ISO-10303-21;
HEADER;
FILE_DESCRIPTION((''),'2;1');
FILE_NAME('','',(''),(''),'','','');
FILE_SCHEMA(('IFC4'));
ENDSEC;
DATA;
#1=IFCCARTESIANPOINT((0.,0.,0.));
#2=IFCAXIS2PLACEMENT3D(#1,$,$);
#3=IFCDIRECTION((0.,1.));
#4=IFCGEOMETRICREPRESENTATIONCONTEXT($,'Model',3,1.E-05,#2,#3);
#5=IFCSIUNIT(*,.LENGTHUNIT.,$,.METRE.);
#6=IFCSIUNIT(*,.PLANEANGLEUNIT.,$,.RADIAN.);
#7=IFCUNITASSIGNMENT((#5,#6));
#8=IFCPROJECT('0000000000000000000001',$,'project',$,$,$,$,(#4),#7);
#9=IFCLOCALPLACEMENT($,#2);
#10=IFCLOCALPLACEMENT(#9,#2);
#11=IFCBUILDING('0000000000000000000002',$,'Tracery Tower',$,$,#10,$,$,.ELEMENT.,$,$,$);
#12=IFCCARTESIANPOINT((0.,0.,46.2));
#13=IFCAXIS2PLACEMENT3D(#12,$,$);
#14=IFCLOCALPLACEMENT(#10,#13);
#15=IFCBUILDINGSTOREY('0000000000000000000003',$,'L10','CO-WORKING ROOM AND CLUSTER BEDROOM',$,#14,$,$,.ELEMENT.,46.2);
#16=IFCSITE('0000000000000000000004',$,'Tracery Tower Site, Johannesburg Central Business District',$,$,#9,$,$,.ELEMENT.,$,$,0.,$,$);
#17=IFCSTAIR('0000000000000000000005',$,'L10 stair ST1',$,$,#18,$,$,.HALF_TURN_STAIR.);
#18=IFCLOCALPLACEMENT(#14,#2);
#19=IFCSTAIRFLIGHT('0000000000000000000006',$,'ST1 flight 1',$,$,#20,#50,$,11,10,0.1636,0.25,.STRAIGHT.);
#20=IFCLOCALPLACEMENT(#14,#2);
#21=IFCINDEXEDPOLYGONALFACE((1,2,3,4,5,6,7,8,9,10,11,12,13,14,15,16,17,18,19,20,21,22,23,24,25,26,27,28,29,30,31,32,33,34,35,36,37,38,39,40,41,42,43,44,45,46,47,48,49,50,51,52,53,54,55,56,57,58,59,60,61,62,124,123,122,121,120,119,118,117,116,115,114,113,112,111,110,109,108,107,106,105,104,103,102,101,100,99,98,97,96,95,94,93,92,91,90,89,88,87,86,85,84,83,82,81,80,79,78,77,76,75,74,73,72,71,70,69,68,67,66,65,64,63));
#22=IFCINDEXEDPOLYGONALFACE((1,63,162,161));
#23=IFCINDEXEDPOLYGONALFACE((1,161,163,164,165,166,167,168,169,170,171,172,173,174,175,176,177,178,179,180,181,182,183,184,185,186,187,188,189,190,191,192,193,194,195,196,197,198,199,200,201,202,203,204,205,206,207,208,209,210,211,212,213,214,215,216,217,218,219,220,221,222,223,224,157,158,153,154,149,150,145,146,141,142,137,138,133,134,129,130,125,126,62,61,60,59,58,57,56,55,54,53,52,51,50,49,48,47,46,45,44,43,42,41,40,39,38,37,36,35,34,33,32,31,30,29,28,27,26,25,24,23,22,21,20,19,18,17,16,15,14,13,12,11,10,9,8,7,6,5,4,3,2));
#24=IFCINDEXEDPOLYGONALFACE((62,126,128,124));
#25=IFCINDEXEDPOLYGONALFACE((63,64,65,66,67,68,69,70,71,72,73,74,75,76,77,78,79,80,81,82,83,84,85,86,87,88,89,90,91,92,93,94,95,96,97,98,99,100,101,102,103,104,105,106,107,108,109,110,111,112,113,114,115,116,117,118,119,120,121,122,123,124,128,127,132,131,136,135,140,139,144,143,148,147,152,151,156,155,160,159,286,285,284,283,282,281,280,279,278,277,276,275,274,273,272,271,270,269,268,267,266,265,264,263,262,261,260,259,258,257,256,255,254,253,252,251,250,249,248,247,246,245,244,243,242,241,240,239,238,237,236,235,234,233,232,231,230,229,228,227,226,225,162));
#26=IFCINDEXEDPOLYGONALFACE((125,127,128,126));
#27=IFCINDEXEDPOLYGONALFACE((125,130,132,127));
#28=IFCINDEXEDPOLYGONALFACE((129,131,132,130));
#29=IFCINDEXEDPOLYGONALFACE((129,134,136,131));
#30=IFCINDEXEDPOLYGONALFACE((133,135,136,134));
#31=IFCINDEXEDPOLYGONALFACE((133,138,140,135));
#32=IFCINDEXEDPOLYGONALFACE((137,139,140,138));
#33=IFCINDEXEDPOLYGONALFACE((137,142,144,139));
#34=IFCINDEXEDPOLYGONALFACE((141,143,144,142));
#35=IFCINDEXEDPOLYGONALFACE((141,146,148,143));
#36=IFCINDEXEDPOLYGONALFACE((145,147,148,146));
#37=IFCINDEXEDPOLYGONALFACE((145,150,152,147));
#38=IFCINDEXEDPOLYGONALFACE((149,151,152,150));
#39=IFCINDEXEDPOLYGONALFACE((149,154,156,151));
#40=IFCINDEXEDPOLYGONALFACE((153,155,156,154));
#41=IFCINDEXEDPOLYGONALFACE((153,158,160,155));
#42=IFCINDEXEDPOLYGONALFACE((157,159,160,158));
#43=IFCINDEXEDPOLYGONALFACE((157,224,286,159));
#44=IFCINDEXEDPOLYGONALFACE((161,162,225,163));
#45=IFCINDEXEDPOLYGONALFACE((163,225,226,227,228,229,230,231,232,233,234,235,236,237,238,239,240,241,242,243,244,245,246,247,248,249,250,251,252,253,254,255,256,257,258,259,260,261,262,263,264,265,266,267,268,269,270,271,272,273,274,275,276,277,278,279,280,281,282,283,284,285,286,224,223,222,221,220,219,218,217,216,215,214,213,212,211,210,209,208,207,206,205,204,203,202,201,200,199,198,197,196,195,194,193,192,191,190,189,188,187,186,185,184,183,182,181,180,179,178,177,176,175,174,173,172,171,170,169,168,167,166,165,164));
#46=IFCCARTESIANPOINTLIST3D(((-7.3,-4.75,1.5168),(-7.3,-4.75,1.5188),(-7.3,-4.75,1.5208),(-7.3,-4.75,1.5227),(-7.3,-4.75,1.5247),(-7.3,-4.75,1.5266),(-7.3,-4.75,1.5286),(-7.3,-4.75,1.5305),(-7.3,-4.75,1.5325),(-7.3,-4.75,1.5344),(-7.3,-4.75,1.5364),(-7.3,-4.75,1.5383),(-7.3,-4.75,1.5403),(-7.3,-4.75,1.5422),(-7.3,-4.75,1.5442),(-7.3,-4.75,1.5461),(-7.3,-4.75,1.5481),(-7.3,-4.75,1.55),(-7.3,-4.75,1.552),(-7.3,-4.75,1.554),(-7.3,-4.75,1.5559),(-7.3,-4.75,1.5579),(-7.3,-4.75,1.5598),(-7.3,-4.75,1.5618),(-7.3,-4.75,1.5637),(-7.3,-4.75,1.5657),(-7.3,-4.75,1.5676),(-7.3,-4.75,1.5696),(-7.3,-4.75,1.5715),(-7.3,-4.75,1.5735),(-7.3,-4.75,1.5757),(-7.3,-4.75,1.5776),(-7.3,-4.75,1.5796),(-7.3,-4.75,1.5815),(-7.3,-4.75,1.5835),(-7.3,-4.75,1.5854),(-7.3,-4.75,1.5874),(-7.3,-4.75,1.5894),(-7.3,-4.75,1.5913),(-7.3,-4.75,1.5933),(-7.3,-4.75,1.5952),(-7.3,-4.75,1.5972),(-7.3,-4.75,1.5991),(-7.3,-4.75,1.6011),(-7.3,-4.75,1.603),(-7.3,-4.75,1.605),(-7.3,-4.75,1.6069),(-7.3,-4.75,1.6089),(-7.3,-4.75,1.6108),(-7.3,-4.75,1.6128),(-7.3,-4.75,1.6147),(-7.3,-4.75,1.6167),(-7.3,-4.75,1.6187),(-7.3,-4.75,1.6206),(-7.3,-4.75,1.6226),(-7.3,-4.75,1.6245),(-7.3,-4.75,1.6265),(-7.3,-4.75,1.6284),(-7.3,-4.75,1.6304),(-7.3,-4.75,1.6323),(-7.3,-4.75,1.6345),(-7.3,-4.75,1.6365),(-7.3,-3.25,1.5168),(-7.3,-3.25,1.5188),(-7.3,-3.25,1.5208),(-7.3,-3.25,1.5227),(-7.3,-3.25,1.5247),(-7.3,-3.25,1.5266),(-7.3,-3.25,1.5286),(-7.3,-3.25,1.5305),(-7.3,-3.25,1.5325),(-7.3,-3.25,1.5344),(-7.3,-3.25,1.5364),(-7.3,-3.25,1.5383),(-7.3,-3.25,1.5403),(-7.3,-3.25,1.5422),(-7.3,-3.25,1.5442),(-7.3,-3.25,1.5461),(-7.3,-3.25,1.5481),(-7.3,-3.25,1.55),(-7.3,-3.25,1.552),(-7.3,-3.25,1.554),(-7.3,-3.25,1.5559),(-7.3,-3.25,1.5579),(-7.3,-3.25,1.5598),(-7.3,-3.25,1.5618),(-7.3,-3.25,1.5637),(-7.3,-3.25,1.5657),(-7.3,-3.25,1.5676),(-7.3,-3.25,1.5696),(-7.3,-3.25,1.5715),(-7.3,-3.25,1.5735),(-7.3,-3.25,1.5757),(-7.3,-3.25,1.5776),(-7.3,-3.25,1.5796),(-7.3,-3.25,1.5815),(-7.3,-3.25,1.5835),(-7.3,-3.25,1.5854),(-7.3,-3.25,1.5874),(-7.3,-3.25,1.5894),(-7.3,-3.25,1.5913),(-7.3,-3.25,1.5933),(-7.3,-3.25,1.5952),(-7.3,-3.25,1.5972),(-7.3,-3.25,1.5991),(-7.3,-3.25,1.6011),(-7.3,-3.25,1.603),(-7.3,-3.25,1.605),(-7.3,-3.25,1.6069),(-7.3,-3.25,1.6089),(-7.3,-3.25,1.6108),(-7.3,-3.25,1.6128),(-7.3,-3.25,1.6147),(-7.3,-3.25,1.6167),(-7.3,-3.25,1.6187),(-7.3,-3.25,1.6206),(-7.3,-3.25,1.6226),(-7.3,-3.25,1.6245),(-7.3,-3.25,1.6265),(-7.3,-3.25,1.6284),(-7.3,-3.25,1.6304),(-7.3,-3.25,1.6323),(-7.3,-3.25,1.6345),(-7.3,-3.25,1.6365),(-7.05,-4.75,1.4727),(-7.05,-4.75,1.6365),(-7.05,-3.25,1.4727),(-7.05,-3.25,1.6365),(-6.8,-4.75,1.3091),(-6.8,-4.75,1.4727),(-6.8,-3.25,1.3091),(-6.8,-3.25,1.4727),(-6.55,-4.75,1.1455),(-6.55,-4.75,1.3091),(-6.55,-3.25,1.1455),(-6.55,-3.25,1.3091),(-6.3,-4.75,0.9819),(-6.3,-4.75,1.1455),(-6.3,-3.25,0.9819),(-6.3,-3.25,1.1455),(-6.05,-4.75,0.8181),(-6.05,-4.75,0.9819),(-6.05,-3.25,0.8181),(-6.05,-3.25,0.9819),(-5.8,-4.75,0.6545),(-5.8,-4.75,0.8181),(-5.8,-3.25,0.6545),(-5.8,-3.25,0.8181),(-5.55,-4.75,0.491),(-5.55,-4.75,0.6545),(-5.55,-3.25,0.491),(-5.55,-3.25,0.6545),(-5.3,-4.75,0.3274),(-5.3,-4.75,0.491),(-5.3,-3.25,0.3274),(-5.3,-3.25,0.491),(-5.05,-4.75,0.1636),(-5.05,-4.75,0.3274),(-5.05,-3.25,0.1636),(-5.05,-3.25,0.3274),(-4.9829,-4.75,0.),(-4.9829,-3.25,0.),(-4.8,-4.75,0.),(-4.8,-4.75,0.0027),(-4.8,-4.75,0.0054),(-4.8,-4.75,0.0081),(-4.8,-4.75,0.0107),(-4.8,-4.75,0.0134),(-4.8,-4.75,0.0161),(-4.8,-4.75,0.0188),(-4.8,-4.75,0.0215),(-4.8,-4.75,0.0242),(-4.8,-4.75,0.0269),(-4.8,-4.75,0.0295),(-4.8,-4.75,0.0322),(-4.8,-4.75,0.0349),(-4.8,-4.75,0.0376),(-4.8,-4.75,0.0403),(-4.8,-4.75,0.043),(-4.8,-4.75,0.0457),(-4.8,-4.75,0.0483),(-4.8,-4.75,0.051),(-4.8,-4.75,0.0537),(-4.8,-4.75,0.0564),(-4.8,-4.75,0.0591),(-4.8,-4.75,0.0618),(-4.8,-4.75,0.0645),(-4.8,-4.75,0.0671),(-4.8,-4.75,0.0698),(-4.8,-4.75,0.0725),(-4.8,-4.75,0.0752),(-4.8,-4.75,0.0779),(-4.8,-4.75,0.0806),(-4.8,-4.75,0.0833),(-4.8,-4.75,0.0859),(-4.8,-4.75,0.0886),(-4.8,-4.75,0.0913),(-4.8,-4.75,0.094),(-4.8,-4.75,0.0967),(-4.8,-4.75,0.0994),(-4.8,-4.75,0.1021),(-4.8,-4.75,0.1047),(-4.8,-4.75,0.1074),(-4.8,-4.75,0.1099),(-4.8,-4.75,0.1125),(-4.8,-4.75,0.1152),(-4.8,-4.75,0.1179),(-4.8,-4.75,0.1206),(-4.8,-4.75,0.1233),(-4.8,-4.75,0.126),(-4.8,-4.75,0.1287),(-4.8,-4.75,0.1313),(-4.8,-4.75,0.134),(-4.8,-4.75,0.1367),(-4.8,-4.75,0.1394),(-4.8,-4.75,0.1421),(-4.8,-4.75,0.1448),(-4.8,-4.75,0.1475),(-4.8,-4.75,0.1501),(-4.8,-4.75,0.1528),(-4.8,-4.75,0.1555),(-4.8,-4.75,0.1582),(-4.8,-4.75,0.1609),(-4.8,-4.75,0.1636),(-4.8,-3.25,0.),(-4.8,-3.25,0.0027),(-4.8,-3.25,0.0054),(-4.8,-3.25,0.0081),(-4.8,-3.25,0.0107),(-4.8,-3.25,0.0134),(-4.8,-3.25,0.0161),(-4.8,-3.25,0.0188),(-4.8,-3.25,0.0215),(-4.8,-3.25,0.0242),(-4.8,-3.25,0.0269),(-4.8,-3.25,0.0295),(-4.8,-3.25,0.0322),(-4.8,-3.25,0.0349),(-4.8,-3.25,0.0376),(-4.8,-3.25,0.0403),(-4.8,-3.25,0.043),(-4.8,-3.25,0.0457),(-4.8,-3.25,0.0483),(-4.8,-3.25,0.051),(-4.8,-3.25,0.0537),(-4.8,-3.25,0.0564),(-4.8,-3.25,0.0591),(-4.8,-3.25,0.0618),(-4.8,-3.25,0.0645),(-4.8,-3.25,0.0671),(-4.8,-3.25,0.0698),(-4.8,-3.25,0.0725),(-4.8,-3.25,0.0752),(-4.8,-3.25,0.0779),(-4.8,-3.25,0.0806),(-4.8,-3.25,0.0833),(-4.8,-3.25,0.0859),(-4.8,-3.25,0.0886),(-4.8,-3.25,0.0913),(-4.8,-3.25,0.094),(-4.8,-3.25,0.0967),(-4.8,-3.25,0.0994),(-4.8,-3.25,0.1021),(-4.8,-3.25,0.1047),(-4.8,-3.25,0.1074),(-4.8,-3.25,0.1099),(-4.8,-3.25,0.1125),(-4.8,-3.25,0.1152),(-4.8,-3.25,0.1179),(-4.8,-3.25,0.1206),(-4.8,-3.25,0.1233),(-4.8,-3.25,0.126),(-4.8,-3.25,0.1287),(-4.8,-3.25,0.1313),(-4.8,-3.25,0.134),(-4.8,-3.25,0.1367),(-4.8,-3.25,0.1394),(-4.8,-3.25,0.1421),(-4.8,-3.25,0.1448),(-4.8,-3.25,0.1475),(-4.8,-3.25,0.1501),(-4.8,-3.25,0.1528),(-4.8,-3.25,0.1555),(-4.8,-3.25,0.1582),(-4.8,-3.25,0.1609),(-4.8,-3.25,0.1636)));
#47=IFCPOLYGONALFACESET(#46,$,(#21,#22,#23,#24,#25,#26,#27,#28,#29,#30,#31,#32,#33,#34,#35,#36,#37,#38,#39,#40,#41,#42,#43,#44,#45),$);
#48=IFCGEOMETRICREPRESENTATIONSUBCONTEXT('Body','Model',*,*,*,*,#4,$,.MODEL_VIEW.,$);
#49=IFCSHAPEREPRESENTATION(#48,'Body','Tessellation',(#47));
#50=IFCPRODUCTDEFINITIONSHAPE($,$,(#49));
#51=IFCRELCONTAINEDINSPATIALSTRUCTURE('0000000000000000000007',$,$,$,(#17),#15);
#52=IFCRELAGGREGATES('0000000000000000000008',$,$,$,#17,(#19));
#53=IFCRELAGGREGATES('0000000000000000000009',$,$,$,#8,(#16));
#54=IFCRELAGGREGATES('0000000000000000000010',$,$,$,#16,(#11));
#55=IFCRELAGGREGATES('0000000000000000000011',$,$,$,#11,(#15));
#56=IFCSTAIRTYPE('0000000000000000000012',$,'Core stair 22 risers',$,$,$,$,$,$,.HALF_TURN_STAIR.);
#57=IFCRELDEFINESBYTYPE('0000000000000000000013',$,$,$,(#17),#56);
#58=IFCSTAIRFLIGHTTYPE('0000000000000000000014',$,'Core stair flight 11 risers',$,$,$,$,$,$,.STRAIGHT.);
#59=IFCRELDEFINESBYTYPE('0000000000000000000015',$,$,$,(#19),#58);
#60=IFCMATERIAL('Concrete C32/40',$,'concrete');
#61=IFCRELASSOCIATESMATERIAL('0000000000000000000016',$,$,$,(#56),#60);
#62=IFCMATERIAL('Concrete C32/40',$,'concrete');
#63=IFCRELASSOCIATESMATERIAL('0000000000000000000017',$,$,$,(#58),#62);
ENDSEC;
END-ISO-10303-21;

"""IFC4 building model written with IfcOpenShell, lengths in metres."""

from ifc_helpers import new_model, si_unit, direction, frame, origin, place, context, subcontext, project, spatial, polyline, outline, extrude, material, type_object, element, aggregate, save


model = new_model("IFC4")

# Units and contexts
model_context = context("Model", 3, precision=1e-05, world=origin(), true_north=direction((0.0, 1.0)))
body_context = subcontext(model_context, "Body", "Model", "MODEL_VIEW")
ifc_project = project(units=[si_unit("LENGTHUNIT", "METRE"), si_unit("PLANEANGLEUNIT", "RADIAN")], contexts=[model_context])

# Site, building, storey
site_placement = place(None, origin())
site = spatial("IfcSite", under=ifc_project, at=site_placement, Name="Tracery Tower Site, Johannesburg Central Business District", CompositionType="ELEMENT", RefElevation=0.0)
building_placement = place(site_placement, origin())
building = spatial("IfcBuilding", under=site, at=building_placement, Name="Tracery Tower", CompositionType="ELEMENT")
storey_placement = place(building_placement, frame((0.0, 0.0, 46.2)))
storey = spatial("IfcBuildingStorey", under=building, at=storey_placement, Name="L10", Description="CO-WORKING ROOM AND CLUSTER BEDROOM", CompositionType="ELEMENT", Elevation=46.2)

# Stair
ifc_material_1 = material(Name="Concrete C32/40", Category="concrete")
stair_type = type_object("IfcStairType", Name="Core stair 22 risers", PredefinedType="HALF_TURN_STAIR", material=ifc_material_1)
stair_1_placement = place(storey_placement, origin())
stair_1 = element("IfcStair", 1, at=stair_1_placement, inside=storey, type_object=stair_type, Name="L10 stair ST1", PredefinedType="HALF_TURN_STAIR")

# Stair flight
ifc_material_2 = material(Name="Concrete C32/40", Category="concrete")
stair_flight_type = type_object("IfcStairFlightType", Name="Core stair flight 11 risers", PredefinedType="STRAIGHT", material=ifc_material_2)
stair_flight_placement = place(storey_placement, frame((-4.8, -4.0, 0.0), z_axis=(0.0, 0.0, 1.0), x_axis=(-1.0, 0.0, 0.0)))
stair_flight = element("IfcStairFlight", 2, at=stair_flight_placement, type_object=stair_flight_type, Name="ST1 flight 1", NumberOfRisers=11, NumberOfTreads=10, PredefinedType="STRAIGHT", RiserHeight=0.1636, TreadLength=0.25, context=body_context, shape_type="SweptSolid", body=[
    extrude(outline(polyline([(0.0, 0.0), (0.0, 0.0027), (0.0, 0.0054), (0.0, 0.0081), (0.0, 0.0107), (0.0, 0.0134), (0.0, 0.0161), (0.0, 0.0188), (0.0, 0.0215), (0.0, 0.0242), (0.0, 0.0269), (0.0, 0.0295), (0.0, 0.0322), (0.0, 0.0349), (0.0, 0.0376), (0.0, 0.0403), (0.0, 0.043), (0.0, 0.0457), (0.0, 0.0483), (0.0, 0.051), (0.0, 0.0537), (0.0, 0.0564), (0.0, 0.0591), (0.0, 0.0618), (0.0, 0.0645), (0.0, 0.0671), (0.0, 0.0698), (0.0, 0.0725), (0.0, 0.0752), (0.0, 0.0779), (0.0, 0.0806), (0.0, 0.0833), (0.0, 0.0859), (0.0, 0.0886), (0.0, 0.0913), (0.0, 0.094), (0.0, 0.0967), (0.0, 0.0994), (0.0, 0.1021), (0.0, 0.1047), (0.0, 0.1074), (0.0, 0.1099), (0.0, 0.1125), (0.0, 0.1152), (0.0, 0.1179), (0.0, 0.1206), (0.0, 0.1233), (0.0, 0.126), (0.0, 0.1287), (0.0, 0.1313), (0.0, 0.134), (0.0, 0.1367), (0.0, 0.1394), (0.0, 0.1421), (0.0, 0.1448), (0.0, 0.1475), (0.0, 0.1501), (0.0, 0.1528), (0.0, 0.1555), (0.0, 0.1582), (0.0, 0.1609), (0.0, 0.1636), (0.25, 0.1636), (0.25, 0.3274), (0.5, 0.3274), (0.5, 0.491), (0.75, 0.491), (0.75, 0.6545), (1.0, 0.6545), (1.0, 0.8181), (1.25, 0.8181), (1.25, 0.9819), (1.5, 0.9819), (1.5, 1.1455), (1.75, 1.1455), (1.75, 1.3091), (2.0, 1.3091), (2.0, 1.4727), (2.25, 1.4727), (2.25, 1.6365), (2.5, 1.6365), (2.5, 1.6345), (2.5, 1.6323), (2.5, 1.6304), (2.5, 1.6284), (2.5, 1.6265), (2.5, 1.6245), (2.5, 1.6226), (2.5, 1.6206), (2.5, 1.6187), (2.5, 1.6167), (2.5, 1.6147), (2.5, 1.6128), (2.5, 1.6108), (2.5, 1.6089), (2.5, 1.6069), (2.5, 1.605), (2.5, 1.603), (2.5, 1.6011), (2.5, 1.5991), (2.5, 1.5972), (2.5, 1.5952), (2.5, 1.5933), (2.5, 1.5913), (2.5, 1.5894), (2.5, 1.5874), (2.5, 1.5854), (2.5, 1.5835), (2.5, 1.5815), (2.5, 1.5796), (2.5, 1.5776), (2.5, 1.5757), (2.5, 1.5735), (2.5, 1.5715), (2.5, 1.5696), (2.5, 1.5676), (2.5, 1.5657), (2.5, 1.5637), (2.5, 1.5618), (2.5, 1.5598), (2.5, 1.5579), (2.5, 1.5559), (2.5, 1.554), (2.5, 1.552), (2.5, 1.55), (2.5, 1.5481), (2.5, 1.5461), (2.5, 1.5442), (2.5, 1.5422), (2.5, 1.5403), (2.5, 1.5383), (2.5, 1.5364), (2.5, 1.5344), (2.5, 1.5325), (2.5, 1.5305), (2.5, 1.5286), (2.5, 1.5266), (2.5, 1.5247), (2.5, 1.5227), (2.5, 1.5208), (2.5, 1.5188), (2.5, 1.5168), (0.1829, 0.0), (0.0, 0.0)])), frame((0.0, 0.75, 0.0), z_axis=(0.0, -1.0, 0.0), x_axis=(1.0, 0.0, 0.0)), (0.0, 0.0, 1.0), 1.5),
])
aggregate(stair_1, [stair_flight])

save(model, "model.ifc")
